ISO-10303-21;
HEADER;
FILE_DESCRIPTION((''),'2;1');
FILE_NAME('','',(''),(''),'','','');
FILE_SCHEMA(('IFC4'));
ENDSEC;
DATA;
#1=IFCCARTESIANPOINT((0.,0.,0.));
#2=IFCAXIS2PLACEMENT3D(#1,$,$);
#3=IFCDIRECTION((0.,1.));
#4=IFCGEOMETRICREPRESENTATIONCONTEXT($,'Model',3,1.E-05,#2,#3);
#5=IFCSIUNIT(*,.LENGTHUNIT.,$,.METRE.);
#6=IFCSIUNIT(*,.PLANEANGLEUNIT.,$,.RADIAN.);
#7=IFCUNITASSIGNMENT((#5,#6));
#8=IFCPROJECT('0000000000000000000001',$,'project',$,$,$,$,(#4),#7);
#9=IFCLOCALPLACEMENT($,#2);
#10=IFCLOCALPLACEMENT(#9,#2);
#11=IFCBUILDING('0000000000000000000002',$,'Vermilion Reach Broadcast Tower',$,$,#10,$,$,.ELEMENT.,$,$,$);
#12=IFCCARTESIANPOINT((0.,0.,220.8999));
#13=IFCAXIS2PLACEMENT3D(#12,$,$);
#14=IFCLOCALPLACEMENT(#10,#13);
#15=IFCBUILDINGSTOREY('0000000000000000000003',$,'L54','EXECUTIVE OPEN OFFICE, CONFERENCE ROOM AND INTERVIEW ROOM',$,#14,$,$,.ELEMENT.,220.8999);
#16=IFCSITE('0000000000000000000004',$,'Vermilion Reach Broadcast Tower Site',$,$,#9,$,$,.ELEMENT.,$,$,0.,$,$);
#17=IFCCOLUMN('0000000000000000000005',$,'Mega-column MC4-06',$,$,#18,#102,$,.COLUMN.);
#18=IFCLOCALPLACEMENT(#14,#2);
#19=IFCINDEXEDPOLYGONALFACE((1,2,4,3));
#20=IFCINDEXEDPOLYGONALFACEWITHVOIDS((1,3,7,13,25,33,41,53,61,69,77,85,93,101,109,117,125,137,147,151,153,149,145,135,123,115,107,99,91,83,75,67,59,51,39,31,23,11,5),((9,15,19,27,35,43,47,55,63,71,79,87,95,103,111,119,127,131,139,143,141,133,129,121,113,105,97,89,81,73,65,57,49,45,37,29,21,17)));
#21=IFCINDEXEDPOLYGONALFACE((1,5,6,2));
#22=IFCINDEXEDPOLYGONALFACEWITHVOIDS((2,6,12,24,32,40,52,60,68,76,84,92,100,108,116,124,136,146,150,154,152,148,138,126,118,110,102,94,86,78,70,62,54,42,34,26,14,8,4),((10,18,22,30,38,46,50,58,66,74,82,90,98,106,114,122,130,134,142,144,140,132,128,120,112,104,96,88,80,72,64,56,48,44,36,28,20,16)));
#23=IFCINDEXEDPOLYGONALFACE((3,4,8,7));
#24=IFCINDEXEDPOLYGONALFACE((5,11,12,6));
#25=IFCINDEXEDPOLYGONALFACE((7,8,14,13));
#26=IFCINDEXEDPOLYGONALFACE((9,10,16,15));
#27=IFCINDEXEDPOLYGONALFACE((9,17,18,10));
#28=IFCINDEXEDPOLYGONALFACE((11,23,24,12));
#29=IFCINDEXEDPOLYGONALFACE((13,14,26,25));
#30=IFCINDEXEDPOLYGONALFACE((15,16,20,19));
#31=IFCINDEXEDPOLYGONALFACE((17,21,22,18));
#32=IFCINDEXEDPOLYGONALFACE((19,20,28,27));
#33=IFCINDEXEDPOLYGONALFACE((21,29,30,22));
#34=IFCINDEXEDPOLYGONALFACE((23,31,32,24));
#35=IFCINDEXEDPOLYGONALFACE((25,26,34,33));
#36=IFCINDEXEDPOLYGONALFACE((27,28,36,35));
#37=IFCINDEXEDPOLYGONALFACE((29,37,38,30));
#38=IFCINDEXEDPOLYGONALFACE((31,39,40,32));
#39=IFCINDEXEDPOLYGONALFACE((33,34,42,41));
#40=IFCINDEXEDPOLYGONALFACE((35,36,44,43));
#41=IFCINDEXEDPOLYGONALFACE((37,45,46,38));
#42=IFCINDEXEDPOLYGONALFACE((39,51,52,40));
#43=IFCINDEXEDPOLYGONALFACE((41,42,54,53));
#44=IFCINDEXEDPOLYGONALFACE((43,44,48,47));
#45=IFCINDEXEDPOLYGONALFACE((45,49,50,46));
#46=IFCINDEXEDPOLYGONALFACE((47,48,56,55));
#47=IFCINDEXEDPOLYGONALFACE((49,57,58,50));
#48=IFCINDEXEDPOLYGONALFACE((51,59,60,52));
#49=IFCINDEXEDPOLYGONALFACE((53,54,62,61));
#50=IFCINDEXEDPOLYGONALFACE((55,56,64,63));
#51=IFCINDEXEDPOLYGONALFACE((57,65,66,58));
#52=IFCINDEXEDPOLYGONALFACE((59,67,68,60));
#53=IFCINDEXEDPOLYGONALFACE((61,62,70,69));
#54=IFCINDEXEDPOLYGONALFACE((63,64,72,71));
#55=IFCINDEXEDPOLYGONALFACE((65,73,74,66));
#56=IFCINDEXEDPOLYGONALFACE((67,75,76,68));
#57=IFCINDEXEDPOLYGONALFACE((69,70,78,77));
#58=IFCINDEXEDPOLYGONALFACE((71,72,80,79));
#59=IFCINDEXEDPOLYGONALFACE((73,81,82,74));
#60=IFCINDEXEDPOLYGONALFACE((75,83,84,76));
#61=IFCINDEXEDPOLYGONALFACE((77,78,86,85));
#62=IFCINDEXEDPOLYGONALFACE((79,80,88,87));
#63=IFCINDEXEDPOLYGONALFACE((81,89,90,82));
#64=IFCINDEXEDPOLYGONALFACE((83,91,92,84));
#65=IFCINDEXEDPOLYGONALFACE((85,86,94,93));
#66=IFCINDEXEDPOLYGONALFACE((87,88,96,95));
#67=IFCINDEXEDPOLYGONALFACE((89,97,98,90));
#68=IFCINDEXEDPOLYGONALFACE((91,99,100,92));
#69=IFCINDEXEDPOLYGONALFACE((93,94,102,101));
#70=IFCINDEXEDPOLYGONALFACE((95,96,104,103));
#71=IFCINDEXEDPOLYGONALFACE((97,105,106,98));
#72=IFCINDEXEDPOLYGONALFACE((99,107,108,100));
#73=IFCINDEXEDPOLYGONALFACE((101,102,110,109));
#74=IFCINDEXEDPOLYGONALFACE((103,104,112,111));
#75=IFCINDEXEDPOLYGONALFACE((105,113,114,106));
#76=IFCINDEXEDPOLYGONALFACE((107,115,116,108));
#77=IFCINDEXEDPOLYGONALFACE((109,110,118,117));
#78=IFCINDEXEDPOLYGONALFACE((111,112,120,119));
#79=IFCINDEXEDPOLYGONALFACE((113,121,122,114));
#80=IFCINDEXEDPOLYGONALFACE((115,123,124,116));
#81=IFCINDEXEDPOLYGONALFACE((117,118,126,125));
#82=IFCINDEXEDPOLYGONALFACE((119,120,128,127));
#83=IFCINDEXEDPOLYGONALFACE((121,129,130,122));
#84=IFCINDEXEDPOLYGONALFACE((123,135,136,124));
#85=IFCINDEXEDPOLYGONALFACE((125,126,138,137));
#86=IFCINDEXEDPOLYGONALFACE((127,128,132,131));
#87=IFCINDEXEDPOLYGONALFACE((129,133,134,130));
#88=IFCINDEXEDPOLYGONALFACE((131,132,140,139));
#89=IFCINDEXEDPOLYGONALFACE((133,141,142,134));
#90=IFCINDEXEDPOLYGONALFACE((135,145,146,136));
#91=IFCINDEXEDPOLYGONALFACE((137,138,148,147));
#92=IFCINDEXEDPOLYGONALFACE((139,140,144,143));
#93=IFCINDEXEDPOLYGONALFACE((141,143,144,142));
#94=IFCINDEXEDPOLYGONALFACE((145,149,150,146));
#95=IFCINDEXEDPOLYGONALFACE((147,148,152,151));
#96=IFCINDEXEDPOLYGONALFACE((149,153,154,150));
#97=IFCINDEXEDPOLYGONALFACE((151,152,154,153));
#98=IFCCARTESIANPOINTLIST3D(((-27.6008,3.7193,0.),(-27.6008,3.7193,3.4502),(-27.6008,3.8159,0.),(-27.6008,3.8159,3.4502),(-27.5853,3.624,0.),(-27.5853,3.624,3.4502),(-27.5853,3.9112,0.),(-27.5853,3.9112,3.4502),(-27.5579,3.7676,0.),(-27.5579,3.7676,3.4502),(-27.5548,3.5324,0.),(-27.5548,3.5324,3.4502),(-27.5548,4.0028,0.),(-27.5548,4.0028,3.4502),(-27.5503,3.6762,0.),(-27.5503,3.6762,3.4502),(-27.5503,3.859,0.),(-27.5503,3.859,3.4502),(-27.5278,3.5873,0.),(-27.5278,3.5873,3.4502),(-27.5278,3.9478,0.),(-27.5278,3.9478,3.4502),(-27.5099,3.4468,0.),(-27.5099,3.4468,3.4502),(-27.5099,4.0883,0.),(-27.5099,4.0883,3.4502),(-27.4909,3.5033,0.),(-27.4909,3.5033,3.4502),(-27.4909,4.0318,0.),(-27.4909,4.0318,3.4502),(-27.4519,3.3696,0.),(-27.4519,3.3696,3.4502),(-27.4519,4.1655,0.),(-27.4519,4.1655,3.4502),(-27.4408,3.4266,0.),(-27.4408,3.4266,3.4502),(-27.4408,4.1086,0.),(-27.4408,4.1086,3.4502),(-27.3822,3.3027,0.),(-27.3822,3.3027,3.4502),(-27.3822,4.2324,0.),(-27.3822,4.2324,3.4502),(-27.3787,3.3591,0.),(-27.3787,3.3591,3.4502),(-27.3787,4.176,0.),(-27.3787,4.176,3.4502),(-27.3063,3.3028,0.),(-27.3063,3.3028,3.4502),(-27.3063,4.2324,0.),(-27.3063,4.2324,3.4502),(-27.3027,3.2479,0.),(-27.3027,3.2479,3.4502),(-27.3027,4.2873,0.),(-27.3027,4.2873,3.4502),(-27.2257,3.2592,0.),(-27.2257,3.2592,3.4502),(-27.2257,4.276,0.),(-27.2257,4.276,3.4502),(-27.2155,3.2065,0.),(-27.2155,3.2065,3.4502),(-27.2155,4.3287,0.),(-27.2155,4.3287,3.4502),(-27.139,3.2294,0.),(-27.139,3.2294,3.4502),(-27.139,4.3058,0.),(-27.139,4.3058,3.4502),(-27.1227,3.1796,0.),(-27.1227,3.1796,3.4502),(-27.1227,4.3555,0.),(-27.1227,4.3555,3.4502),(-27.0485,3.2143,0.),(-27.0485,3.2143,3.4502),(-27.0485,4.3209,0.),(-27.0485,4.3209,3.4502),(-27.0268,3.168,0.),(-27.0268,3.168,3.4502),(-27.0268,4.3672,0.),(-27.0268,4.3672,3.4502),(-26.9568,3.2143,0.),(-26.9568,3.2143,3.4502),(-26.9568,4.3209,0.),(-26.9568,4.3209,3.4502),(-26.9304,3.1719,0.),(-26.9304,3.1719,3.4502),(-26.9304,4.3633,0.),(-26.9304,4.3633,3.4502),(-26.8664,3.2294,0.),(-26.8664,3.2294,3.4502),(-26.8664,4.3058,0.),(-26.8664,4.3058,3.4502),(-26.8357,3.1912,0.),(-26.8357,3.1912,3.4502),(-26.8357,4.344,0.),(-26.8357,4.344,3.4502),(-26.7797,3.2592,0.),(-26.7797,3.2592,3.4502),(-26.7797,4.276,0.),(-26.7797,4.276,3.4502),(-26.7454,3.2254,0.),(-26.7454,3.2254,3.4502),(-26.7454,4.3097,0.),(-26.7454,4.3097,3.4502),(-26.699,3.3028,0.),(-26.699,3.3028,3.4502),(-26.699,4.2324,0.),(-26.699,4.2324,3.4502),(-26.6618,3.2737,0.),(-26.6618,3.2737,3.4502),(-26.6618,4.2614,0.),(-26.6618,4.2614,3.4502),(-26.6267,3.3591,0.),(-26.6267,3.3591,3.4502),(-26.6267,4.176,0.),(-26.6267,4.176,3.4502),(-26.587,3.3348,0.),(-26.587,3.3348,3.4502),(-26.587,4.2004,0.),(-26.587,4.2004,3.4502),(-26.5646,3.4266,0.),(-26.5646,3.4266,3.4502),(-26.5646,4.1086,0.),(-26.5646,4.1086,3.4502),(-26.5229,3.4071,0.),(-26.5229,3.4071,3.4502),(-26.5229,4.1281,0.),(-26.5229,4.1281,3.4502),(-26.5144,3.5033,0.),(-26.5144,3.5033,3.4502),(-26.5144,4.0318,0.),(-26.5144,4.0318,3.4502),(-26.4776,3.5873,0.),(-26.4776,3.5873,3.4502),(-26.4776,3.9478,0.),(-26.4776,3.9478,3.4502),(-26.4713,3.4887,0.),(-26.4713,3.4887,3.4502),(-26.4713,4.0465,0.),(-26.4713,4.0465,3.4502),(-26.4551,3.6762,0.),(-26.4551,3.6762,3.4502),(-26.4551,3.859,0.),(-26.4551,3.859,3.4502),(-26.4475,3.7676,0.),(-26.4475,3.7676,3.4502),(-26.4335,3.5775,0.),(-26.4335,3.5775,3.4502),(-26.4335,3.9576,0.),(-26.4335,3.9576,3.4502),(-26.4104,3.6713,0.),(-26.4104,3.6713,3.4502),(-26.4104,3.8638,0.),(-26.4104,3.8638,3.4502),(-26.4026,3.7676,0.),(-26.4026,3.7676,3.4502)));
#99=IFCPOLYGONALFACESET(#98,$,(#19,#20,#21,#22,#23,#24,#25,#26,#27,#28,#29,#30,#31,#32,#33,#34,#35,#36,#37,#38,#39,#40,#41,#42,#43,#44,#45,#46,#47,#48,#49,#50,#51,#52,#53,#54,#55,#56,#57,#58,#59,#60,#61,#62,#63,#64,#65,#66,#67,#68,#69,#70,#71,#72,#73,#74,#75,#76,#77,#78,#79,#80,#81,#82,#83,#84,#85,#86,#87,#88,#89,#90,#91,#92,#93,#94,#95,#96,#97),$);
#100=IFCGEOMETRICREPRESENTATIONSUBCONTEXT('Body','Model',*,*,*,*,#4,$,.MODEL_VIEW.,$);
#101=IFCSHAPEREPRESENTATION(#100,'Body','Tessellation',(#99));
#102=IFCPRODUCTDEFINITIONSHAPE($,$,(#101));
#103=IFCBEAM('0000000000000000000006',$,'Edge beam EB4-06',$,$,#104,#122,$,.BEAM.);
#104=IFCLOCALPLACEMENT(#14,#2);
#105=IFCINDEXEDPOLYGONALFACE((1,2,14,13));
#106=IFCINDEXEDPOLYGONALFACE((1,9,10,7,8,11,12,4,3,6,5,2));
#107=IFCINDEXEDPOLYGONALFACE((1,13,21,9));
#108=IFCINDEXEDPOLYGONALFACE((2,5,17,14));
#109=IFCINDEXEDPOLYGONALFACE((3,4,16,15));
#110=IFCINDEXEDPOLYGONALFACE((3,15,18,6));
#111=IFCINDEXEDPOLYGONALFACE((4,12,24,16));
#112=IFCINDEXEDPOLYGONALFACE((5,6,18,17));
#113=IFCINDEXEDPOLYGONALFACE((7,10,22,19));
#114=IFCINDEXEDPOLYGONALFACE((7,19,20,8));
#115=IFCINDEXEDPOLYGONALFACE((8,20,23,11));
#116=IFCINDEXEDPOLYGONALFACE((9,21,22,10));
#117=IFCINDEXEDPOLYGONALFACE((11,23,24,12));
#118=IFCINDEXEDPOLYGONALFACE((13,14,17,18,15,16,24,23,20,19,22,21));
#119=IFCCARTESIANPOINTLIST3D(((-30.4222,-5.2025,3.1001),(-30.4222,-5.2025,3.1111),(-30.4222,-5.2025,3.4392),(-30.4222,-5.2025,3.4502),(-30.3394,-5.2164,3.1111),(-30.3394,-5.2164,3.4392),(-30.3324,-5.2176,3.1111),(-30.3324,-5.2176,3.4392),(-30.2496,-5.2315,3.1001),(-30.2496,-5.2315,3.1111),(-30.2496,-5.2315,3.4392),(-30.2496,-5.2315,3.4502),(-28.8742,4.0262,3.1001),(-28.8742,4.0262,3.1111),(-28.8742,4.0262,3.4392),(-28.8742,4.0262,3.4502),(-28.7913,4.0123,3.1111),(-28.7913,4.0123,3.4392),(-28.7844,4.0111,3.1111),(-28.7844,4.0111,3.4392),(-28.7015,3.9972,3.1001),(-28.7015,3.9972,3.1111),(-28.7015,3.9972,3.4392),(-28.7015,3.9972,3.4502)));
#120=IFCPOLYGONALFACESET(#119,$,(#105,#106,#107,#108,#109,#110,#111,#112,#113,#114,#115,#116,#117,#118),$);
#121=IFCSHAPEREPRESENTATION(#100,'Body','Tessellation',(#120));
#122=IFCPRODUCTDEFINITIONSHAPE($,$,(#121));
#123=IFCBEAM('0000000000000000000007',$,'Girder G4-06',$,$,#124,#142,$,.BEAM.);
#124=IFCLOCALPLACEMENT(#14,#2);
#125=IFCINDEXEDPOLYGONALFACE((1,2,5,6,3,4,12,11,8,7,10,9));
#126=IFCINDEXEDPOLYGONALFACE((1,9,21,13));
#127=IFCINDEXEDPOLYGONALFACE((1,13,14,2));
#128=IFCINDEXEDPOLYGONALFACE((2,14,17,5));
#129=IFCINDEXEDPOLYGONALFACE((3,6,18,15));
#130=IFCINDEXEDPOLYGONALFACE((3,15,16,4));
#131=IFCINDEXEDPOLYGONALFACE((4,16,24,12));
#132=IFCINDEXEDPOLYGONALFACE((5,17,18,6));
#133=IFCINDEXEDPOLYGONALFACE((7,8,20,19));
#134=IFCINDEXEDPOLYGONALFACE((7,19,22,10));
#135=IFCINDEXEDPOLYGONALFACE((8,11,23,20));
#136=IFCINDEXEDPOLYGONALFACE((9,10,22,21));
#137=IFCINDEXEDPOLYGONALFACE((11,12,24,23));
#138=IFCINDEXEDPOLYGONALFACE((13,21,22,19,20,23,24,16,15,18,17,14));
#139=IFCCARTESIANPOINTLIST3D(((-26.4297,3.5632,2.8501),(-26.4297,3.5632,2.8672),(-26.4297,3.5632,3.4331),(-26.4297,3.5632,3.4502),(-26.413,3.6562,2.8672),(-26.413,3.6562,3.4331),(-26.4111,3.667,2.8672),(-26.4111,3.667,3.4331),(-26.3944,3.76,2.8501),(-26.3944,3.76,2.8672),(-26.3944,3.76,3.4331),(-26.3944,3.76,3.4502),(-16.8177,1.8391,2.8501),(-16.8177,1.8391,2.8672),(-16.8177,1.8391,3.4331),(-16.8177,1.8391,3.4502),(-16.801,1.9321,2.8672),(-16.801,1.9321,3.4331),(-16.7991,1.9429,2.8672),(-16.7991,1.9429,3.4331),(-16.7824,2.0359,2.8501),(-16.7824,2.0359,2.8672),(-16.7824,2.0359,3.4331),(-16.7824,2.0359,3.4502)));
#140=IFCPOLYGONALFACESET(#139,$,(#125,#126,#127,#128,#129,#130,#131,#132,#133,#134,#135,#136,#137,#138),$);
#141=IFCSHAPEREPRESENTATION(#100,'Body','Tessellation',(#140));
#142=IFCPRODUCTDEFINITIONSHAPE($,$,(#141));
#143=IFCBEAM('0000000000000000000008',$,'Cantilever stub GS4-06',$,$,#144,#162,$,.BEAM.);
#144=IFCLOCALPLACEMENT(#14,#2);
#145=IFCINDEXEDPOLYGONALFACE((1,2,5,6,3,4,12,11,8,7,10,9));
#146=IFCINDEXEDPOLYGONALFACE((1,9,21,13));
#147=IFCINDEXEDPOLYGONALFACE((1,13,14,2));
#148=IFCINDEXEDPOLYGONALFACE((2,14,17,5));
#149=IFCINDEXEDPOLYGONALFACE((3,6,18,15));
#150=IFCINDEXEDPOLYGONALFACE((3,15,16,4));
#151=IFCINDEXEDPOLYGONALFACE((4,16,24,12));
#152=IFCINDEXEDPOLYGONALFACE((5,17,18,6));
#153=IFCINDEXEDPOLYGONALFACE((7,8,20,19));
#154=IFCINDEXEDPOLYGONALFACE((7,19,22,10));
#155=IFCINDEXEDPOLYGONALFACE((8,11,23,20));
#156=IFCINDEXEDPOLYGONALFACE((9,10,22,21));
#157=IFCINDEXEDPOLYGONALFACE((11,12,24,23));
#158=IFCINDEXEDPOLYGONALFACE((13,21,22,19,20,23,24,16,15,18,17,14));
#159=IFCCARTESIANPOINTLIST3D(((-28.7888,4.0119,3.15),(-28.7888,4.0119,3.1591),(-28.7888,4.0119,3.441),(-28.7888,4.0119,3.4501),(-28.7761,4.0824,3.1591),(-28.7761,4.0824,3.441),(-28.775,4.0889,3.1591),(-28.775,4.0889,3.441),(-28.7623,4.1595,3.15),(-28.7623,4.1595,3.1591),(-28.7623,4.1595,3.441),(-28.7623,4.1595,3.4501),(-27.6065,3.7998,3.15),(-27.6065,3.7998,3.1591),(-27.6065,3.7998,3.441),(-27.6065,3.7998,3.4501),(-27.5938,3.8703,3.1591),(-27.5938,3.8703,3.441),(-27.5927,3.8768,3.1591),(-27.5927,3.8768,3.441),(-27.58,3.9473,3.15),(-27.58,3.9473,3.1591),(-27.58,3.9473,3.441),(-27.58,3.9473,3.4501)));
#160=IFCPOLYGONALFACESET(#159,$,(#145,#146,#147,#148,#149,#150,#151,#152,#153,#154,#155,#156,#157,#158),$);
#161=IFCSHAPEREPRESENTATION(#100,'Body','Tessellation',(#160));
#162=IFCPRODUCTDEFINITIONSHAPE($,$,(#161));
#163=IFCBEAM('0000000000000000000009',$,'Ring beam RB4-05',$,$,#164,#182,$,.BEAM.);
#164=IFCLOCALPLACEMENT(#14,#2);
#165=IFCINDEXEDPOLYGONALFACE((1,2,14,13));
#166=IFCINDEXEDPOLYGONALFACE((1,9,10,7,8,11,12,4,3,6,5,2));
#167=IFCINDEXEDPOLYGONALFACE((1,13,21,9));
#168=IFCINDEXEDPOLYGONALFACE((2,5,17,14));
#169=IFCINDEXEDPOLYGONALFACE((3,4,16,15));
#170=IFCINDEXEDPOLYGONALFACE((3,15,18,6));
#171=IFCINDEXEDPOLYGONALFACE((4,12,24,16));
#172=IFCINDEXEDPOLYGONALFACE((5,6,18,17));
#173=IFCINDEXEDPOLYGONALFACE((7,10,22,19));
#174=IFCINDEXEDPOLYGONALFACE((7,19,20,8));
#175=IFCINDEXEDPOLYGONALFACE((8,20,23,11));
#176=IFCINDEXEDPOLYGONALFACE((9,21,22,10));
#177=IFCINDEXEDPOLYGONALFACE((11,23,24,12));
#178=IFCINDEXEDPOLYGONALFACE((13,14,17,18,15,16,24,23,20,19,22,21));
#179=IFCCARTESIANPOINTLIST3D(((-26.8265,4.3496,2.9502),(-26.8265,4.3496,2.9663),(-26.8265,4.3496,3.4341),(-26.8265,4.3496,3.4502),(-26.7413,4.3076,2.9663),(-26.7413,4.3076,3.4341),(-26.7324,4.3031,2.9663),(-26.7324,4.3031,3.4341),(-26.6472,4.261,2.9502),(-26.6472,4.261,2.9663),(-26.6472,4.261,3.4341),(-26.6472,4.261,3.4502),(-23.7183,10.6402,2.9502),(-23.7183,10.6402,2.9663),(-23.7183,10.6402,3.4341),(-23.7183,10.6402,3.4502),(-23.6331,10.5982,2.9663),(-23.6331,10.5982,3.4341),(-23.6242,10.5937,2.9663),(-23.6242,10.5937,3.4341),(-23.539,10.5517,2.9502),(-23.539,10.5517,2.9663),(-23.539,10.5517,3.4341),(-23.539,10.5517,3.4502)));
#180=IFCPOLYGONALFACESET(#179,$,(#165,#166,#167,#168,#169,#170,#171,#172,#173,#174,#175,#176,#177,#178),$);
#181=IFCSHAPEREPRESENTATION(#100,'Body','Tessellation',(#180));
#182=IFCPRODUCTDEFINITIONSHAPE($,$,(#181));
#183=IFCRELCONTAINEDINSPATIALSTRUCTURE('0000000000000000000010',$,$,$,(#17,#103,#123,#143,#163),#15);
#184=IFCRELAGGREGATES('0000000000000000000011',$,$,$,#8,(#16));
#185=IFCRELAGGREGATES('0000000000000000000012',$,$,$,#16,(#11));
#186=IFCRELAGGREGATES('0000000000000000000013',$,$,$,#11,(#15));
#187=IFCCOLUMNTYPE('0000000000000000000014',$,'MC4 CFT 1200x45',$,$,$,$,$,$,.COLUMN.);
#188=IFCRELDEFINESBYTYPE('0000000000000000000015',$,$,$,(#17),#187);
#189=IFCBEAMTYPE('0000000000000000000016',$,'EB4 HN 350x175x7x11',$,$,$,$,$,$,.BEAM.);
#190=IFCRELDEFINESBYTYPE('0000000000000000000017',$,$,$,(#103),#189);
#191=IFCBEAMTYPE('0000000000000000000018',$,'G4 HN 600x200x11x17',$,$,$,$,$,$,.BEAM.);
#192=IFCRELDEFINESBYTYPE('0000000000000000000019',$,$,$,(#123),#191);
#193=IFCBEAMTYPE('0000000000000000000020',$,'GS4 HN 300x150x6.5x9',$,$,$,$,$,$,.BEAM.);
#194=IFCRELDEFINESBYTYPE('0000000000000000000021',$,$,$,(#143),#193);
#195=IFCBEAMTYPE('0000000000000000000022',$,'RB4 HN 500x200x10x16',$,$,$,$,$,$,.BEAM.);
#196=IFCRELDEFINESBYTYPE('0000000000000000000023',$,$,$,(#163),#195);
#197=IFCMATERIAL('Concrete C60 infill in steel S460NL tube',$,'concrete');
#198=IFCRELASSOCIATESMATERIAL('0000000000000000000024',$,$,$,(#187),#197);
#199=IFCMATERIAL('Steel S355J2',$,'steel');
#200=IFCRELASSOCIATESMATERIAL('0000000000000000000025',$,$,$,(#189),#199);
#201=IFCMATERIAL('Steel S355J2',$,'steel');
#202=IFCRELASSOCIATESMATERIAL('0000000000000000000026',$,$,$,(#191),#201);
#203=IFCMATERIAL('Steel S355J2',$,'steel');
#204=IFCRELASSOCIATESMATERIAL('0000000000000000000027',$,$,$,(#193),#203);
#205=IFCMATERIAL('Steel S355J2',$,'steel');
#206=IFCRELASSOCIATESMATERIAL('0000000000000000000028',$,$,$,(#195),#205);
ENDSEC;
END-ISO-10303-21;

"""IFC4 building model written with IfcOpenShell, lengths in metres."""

from ifc_helpers import new_model, si_unit, direction, frame, origin, origin_2d, place, context, subcontext, project, spatial, hollow_circle, i_section, extrude, material, material_profile, profile_set, type_object, element, save


model = new_model("IFC4")

# Units and contexts
model_context = context("Model", 3, precision=1e-05, world=origin(), true_north=direction((0.0, 1.0)))
body_context = subcontext(model_context, "Body", "Model", "MODEL_VIEW")
ifc_project = project(units=[si_unit("LENGTHUNIT", "METRE"), si_unit("PLANEANGLEUNIT", "RADIAN")], contexts=[model_context])

# Site, building, storey
site_placement = place(None, origin())
site = spatial("IfcSite", under=ifc_project, at=site_placement, Name="Vermilion Reach Broadcast Tower Site", CompositionType="ELEMENT", RefElevation=0.0)
building_placement = place(site_placement, origin())
building = spatial("IfcBuilding", under=site, at=building_placement, Name="Vermilion Reach Broadcast Tower", CompositionType="ELEMENT")
storey_placement = place(building_placement, frame((0.0, 0.0, 220.8999)))
storey = spatial("IfcBuildingStorey", under=building, at=storey_placement, Name="L54", Description="EXECUTIVE OPEN OFFICE, CONFERENCE ROOM AND INTERVIEW ROOM", CompositionType="ELEMENT", Elevation=220.8999)

# Column
ifc_material_1 = material(Name="Concrete C60 infill in steel S460NL tube", Category="concrete")
ifc_material_profile_1 = material_profile(ifc_material_1, hollow_circle(Radius=0.6001, WallThickness=0.0449, at=origin_2d()), Name="Concrete C60 infill in steel S460NL tube CFT 1200x45")
ifc_profile_set_1 = profile_set([ifc_material_profile_1], Name="Concrete C60 infill in steel S460NL tube")
column_type = type_object("IfcColumnType", Name="MC4 CFT 1200x45", PredefinedType="COLUMN", material=ifc_profile_set_1)
column_placement = place(storey_placement, frame((-27.0027, 3.7676, 0.0), z_axis=(0.0, 0.0, 1.0), x_axis=(1.0, 0.0, 0.0)))
element("IfcColumn", 1, at=column_placement, inside=storey, type_object=column_type, Name="Mega-column MC4-06", PredefinedType="COLUMN", context=body_context, shape_type="SweptSolid", body=[
    extrude(hollow_circle(Radius=0.6001, WallThickness=0.0449, at=origin_2d()), origin(), (0.0, 0.0, 1.0), 3.4502),
])

# Beams
ifc_material_2 = material(Name="Steel S355J2", Category="steel")
ifc_material_profile_2 = material_profile(ifc_material_2, i_section(OverallWidth=0.175, OverallDepth=0.3501, WebThickness=0.0071, FlangeThickness=0.011, at=origin_2d()), Name="S355J2 HN 350x175x7x11")
ifc_profile_set_2 = profile_set([ifc_material_profile_2], Name="Steel S355J2")
beam_type_1 = type_object("IfcBeamType", Name="EB4 HN 350x175x7x11", PredefinedType="BEAM", material=ifc_profile_set_2)
beam_1_placement = place(storey_placement, frame((-28.7878, 4.0117, 3.2751), z_axis=(-0.165435, -0.986221, 0.0), x_axis=(0.986221, -0.165435, 0.0)))
element("IfcBeam", 2, at=beam_1_placement, inside=storey, type_object=beam_type_1, Name="Edge beam EB4-06", PredefinedType="BEAM", context=body_context, shape_type="SweptSolid", body=[
    extrude(i_section(OverallWidth=0.175, OverallDepth=0.3501, WebThickness=0.0071, FlangeThickness=0.011, at=origin_2d()), origin(), (0.0, 0.0, 1.0), 9.3577),
])
ifc_material_3 = material(Name="Steel S355J2", Category="steel")
ifc_material_profile_3 = material_profile(ifc_material_3, i_section(OverallWidth=0.2, OverallDepth=0.6001, WebThickness=0.011, FlangeThickness=0.0171, at=origin_2d()), Name="S355J2 HN 600x200x11x17")
ifc_profile_set_3 = profile_set([ifc_material_profile_3], Name="Steel S355J2")
beam_type_2 = type_object("IfcBeamType", Name="G4 HN 600x200x11x17", PredefinedType="BEAM", material=ifc_profile_set_3)
beam_2_placement = place(storey_placement, frame((-16.8, 1.9375, 3.1501), z_axis=(-0.984291, 0.176553, 0.0), x_axis=(-0.176553, -0.984291, 0.0)))
element("IfcBeam", 3, at=beam_2_placement, inside=storey, type_object=beam_type_2, Name="Girder G4-06", PredefinedType="BEAM", context=body_context, shape_type="SweptSolid", body=[
    extrude(i_section(OverallWidth=0.2, OverallDepth=0.6001, WebThickness=0.011, FlangeThickness=0.0171, at=origin_2d()), origin(), (0.0, 0.0, 1.0), 9.7654),
])
ifc_material_4 = material(Name="Steel S355J2", Category="steel")
ifc_material_profile_4 = material_profile(ifc_material_4, i_section(OverallWidth=0.1499, OverallDepth=0.3, WebThickness=0.0066, FlangeThickness=0.009, at=origin_2d()), Name="S355J2 HN 300x150x6.5x9")
ifc_profile_set_4 = profile_set([ifc_material_profile_4], Name="Steel S355J2")
beam_type_3 = type_object("IfcBeamType", Name="GS4 HN 300x150x6.5x9", PredefinedType="BEAM", material=ifc_profile_set_4)
beam_3_placement = place(storey_placement, frame((-27.5933, 3.8735, 3.3), z_axis=(-0.98428, 0.176614, 0.0), x_axis=(-0.176614, -0.98428, 0.0)))
element("IfcBeam", 4, at=beam_3_placement, inside=storey, type_object=beam_type_3, Name="Cantilever stub GS4-06", PredefinedType="BEAM", context=body_context, shape_type="SweptSolid", body=[
    extrude(i_section(OverallWidth=0.1499, OverallDepth=0.3, WebThickness=0.0066, FlangeThickness=0.009, at=origin_2d()), origin(), (0.0, 0.0, 1.0), 1.2012),
])
ifc_material_5 = material(Name="Steel S355J2", Category="steel")
ifc_material_profile_5 = material_profile(ifc_material_5, i_section(OverallWidth=0.2, OverallDepth=0.5, WebThickness=0.01, FlangeThickness=0.0161, at=origin_2d()), Name="S355J2 HN 500x200x10x16")
ifc_profile_set_5 = profile_set([ifc_material_profile_5], Name="Steel S355J2")
beam_type_4 = type_object("IfcBeamType", Name="RB4 HN 500x200x10x16", PredefinedType="BEAM", material=ifc_profile_set_5)
beam_4_placement = place(storey_placement, frame((-23.6287, 10.5959, 3.2002), z_axis=(-0.442977, -0.896533, 0.0), x_axis=(0.896533, -0.442977, 0.0)))
element("IfcBeam", 5, at=beam_4_placement, inside=storey, type_object=beam_type_4, Name="Ring beam RB4-05", PredefinedType="BEAM", context=body_context, shape_type="SweptSolid", body=[
    extrude(i_section(OverallWidth=0.2, OverallDepth=0.5, WebThickness=0.01, FlangeThickness=0.0161, at=origin_2d()), origin(), (0.0, 0.0, 1.0), 7.0166),
])

save(model, "model.ifc")
